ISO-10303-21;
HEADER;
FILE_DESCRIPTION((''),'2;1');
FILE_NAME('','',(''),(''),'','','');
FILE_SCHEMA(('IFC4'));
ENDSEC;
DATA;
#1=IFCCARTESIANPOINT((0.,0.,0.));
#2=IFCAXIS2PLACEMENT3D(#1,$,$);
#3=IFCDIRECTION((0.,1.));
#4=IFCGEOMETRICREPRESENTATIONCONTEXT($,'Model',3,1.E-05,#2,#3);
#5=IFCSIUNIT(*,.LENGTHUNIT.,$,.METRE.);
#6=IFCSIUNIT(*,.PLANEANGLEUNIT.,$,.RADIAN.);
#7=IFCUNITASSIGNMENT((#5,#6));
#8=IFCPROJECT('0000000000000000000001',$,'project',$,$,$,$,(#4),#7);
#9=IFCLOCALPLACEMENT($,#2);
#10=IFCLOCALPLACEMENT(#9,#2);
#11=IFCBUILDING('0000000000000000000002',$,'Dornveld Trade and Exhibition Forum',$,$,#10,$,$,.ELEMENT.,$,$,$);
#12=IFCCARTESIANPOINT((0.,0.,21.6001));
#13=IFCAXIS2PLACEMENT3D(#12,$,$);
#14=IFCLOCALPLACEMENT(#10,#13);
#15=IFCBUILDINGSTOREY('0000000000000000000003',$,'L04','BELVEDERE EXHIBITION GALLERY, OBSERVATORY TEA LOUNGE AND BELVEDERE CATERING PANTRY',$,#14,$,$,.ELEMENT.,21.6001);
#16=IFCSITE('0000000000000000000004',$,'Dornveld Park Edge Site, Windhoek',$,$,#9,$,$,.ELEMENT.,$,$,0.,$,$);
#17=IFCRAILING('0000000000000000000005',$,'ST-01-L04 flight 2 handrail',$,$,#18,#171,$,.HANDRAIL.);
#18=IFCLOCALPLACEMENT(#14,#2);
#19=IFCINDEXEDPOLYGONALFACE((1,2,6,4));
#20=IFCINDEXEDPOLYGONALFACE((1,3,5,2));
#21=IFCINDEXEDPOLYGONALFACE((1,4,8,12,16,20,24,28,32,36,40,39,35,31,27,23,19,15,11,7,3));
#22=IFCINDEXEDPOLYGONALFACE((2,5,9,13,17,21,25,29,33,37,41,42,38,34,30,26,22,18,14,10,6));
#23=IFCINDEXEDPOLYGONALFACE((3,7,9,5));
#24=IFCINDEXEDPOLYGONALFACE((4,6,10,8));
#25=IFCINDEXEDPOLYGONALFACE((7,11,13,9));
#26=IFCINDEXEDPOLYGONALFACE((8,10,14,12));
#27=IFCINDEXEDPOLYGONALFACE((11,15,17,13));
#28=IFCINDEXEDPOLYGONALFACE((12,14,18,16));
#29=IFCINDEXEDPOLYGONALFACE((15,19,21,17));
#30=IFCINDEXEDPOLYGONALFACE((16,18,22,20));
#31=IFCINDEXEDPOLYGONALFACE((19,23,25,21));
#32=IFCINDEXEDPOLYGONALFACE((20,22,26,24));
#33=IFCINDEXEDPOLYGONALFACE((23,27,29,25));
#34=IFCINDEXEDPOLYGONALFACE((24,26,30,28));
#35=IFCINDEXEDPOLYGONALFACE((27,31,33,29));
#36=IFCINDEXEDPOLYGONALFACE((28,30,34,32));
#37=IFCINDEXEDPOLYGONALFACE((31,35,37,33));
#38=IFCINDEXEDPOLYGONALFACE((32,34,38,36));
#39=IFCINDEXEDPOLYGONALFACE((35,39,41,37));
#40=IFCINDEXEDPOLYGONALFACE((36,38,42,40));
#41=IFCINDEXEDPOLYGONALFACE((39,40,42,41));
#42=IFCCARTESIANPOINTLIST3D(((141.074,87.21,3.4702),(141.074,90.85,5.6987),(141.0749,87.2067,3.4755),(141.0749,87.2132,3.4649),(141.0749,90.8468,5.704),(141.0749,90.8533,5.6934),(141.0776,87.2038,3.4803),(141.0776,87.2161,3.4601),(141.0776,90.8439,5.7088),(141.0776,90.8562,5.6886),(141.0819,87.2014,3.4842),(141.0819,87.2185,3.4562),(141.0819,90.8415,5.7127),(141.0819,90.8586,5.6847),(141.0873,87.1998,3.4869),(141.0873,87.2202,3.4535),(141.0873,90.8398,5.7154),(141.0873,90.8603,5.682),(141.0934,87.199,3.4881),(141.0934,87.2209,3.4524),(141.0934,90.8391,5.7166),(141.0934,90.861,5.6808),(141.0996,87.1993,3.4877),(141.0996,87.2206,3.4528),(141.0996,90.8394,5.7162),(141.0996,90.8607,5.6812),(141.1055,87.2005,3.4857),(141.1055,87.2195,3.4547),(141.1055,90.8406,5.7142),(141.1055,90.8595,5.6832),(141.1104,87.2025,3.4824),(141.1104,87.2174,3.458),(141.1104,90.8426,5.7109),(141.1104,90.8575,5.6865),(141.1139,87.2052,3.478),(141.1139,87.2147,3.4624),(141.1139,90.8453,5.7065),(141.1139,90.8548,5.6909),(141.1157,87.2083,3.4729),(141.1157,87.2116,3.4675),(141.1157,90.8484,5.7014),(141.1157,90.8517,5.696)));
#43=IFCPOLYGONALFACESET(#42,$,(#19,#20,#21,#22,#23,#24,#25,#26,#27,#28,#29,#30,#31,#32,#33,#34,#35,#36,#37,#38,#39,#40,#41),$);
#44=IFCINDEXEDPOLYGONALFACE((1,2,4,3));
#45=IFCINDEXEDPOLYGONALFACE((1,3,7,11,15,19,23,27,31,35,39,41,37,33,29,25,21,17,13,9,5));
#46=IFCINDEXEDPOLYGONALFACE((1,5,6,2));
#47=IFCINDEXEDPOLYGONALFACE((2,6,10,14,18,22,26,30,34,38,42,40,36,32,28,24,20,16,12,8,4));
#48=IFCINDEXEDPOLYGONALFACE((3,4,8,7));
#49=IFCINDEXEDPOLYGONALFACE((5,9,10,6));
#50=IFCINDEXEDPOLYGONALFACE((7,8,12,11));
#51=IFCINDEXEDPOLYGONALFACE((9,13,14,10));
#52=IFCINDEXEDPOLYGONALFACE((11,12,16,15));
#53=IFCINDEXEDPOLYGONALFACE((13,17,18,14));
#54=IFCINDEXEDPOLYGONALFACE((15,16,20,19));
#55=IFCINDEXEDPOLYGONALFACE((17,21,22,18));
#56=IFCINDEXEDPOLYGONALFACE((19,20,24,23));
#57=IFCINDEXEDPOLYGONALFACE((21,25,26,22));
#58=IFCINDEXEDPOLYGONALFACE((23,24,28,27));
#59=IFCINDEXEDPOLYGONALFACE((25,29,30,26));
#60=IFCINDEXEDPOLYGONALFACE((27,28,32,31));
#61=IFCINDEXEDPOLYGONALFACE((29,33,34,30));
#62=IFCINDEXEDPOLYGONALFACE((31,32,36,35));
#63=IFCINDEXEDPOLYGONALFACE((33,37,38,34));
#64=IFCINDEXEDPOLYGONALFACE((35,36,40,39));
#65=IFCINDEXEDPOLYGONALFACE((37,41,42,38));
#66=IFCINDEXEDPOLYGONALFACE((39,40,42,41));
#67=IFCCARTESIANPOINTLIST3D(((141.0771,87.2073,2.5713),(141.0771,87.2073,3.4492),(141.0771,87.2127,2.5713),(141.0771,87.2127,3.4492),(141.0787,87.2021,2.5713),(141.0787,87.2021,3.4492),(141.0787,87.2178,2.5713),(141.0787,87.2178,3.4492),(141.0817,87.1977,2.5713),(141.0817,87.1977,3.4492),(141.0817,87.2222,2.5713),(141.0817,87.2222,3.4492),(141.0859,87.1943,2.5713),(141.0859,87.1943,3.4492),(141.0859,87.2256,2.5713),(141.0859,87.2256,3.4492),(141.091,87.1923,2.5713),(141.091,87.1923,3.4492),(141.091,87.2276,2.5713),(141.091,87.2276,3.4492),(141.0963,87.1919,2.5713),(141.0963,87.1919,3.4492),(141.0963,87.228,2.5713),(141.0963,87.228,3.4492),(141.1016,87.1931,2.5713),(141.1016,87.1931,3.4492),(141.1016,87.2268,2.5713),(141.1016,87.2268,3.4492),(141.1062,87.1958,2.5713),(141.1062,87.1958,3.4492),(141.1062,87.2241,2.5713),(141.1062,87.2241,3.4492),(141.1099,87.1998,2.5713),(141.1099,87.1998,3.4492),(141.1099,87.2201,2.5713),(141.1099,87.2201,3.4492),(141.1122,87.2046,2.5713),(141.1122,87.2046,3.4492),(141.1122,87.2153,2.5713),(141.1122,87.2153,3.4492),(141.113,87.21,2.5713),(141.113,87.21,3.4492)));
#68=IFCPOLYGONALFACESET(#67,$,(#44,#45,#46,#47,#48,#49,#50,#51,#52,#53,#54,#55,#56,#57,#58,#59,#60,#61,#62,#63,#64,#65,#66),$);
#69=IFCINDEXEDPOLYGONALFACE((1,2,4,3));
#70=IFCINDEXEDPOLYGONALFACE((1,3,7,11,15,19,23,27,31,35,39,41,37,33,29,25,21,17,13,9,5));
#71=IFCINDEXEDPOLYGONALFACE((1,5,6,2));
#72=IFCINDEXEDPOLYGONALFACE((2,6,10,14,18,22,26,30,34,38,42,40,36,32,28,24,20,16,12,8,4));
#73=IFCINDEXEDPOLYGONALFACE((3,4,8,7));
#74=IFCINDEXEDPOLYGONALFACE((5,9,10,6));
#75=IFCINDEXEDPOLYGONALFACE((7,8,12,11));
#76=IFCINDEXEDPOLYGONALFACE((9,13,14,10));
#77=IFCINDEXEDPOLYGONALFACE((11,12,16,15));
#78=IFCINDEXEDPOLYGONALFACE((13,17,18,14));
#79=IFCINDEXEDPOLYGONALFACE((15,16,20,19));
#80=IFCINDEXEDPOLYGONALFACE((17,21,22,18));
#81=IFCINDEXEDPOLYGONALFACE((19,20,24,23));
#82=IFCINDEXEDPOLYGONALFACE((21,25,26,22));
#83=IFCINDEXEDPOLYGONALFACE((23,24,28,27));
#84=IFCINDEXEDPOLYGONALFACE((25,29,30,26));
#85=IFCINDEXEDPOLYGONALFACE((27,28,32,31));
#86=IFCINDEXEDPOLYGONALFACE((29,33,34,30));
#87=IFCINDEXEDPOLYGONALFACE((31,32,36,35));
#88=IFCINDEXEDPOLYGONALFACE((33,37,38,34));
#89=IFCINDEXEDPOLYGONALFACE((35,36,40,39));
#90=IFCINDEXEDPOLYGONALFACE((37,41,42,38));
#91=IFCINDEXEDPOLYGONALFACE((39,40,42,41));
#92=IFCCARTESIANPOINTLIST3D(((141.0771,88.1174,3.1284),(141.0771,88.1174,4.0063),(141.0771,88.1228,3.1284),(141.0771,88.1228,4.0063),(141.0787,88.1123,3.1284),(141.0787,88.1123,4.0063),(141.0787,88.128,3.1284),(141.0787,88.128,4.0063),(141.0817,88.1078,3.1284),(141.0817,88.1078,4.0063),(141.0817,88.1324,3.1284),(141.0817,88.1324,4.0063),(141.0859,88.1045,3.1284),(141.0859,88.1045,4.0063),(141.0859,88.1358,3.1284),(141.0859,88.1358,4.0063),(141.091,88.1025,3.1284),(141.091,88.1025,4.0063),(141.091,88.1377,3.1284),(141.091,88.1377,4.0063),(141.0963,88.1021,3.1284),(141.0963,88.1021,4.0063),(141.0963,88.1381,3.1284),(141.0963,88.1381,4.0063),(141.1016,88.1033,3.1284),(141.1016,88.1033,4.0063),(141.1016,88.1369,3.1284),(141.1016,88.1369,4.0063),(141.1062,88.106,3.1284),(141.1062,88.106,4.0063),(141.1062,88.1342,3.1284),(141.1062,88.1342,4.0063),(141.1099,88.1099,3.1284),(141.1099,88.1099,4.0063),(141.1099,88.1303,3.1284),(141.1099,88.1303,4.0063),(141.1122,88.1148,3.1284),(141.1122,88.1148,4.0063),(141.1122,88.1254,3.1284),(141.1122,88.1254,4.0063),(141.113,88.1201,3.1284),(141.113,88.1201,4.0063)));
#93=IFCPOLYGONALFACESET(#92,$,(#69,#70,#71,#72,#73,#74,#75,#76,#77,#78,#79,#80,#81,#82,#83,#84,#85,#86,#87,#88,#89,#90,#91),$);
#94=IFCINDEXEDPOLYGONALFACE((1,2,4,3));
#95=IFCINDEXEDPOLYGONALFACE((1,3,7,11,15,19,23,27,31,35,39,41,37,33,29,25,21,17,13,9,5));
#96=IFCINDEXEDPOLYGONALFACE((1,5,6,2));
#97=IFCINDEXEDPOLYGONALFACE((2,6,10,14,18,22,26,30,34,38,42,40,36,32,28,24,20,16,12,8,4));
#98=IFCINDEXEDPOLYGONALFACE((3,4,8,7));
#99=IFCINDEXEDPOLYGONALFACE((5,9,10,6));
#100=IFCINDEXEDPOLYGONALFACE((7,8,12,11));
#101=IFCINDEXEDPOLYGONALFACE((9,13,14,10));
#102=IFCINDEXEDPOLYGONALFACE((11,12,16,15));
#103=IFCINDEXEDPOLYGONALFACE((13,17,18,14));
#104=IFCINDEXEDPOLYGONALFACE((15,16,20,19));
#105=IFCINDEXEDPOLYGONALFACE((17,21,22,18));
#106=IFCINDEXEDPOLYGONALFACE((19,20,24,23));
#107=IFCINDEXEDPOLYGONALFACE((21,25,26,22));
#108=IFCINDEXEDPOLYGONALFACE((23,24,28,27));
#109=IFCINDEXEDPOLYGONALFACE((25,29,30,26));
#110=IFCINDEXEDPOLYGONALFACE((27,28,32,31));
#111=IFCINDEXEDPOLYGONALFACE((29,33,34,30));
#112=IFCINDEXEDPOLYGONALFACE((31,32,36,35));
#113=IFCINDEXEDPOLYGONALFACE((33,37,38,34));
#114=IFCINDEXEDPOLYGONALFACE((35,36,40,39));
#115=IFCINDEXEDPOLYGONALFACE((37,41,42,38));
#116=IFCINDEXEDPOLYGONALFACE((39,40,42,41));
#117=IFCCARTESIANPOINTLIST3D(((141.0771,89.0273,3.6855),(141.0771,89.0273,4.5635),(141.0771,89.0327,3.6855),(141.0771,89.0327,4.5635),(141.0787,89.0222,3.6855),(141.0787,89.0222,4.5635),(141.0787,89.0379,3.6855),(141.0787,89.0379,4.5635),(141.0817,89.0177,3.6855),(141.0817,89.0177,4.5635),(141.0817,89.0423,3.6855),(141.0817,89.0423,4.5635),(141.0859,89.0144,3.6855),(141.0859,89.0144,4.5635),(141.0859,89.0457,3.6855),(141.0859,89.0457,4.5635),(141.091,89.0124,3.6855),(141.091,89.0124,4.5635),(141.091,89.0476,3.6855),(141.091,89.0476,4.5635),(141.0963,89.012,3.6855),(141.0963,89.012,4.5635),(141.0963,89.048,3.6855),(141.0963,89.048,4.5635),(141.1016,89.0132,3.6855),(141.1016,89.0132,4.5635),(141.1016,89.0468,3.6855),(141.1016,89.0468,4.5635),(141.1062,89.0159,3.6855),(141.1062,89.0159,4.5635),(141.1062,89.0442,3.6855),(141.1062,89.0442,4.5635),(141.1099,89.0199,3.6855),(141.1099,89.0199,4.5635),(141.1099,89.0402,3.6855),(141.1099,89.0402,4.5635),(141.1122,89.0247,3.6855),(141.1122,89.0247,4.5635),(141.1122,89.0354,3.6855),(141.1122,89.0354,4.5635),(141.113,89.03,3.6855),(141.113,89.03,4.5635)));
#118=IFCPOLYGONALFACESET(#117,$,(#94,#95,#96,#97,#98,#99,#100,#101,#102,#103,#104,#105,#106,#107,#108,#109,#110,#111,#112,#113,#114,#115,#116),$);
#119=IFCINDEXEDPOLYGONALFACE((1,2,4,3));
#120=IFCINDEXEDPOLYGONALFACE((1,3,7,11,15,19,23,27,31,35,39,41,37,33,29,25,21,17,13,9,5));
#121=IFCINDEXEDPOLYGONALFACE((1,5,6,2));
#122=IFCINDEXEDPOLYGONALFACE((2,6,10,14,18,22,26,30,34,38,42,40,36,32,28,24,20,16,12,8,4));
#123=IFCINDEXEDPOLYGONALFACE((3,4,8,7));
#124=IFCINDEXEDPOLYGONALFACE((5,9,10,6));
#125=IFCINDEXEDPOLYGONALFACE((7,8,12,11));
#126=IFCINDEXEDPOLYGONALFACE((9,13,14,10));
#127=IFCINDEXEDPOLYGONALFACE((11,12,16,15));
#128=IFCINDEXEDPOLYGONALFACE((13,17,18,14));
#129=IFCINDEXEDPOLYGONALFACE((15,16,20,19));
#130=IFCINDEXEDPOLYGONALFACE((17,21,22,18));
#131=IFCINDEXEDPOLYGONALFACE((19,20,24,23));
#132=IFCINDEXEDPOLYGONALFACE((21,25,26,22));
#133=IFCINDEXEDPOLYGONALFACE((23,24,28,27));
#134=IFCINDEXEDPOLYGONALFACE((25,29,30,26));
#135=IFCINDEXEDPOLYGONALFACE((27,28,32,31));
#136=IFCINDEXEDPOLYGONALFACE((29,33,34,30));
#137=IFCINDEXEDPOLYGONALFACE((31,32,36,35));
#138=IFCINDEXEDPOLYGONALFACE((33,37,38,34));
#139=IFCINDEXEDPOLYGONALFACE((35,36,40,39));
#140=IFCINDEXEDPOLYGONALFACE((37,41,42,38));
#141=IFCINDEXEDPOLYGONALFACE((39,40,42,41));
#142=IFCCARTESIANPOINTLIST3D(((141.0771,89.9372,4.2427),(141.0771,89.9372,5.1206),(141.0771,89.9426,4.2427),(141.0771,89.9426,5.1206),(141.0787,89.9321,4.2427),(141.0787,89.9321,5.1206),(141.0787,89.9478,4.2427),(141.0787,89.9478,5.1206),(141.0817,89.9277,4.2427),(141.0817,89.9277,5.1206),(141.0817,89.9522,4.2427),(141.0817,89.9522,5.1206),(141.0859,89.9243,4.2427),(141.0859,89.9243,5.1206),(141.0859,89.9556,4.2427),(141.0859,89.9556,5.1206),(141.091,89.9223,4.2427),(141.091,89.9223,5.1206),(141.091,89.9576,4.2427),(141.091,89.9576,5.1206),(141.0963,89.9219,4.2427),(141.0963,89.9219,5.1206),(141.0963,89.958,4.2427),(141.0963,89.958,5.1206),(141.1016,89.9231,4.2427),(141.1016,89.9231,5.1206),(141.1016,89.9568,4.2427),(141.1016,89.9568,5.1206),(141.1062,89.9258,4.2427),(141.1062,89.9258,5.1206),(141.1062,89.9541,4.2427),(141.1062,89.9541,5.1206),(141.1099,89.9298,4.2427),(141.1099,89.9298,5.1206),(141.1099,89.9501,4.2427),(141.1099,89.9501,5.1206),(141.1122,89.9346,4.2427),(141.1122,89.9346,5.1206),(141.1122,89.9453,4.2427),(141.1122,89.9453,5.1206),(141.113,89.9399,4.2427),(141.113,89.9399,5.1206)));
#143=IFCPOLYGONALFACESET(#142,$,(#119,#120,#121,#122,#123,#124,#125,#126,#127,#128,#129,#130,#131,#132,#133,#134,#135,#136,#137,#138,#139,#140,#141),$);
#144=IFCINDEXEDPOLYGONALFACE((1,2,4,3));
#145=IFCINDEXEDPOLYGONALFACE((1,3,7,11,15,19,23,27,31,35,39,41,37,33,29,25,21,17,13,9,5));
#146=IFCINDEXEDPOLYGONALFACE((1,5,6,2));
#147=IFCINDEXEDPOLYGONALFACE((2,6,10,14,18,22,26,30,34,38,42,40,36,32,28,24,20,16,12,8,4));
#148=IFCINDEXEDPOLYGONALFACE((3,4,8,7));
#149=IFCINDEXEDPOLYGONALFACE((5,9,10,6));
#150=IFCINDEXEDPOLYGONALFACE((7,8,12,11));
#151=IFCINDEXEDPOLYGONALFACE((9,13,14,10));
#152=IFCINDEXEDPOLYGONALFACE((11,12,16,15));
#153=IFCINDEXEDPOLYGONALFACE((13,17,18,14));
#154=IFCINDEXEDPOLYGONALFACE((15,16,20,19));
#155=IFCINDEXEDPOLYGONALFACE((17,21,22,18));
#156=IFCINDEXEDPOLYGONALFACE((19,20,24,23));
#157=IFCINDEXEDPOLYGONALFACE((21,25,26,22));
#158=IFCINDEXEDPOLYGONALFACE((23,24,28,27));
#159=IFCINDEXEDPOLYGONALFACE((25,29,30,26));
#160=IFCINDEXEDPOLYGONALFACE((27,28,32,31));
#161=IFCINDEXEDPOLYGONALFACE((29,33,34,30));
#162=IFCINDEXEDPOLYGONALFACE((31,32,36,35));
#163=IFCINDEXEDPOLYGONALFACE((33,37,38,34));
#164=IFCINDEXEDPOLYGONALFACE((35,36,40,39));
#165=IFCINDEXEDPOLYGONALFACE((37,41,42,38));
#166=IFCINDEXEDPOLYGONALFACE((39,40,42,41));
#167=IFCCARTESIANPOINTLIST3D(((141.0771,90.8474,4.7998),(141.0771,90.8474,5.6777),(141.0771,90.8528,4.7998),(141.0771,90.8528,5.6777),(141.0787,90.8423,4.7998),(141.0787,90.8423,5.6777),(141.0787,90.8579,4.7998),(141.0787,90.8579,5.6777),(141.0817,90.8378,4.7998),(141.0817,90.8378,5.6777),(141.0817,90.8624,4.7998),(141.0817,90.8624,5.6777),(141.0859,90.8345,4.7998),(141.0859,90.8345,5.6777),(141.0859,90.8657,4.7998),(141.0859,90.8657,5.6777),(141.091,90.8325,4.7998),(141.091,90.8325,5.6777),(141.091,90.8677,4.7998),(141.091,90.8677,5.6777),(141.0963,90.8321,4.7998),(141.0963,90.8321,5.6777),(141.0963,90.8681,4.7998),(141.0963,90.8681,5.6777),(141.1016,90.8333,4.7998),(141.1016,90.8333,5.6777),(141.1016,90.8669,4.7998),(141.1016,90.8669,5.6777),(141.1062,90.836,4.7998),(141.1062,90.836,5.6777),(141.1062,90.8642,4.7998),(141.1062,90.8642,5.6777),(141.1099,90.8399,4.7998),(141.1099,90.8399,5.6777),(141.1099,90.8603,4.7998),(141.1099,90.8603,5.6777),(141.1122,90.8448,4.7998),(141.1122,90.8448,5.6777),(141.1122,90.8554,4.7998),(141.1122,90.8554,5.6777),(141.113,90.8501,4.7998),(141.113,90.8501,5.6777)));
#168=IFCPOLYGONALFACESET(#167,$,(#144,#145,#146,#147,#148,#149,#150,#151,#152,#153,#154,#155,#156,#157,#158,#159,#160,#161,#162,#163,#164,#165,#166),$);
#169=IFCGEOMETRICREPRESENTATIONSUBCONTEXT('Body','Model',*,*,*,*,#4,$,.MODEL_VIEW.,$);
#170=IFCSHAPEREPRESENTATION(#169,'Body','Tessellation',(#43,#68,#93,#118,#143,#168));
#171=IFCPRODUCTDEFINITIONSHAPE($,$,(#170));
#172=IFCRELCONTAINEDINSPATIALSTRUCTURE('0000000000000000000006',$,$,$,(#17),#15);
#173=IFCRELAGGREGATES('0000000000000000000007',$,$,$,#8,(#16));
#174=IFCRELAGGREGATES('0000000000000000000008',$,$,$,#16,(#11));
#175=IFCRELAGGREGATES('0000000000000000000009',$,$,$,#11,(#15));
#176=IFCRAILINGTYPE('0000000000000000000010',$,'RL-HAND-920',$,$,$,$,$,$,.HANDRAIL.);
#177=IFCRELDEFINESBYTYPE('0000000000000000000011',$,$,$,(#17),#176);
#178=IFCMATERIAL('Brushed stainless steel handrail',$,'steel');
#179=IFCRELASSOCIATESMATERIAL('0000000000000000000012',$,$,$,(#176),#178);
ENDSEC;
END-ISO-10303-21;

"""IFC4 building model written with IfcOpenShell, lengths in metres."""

from ifc_helpers import new_model, si_unit, direction, frame, origin, origin_2d, place, context, subcontext, project, spatial, circle, extrude, material, type_object, element, save


model = new_model("IFC4")

# Units and contexts
model_context = context("Model", 3, precision=1e-05, world=origin(), true_north=direction((0.0, 1.0)))
body_context = subcontext(model_context, "Body", "Model", "MODEL_VIEW")
ifc_project = project(units=[si_unit("LENGTHUNIT", "METRE"), si_unit("PLANEANGLEUNIT", "RADIAN")], contexts=[model_context])

# Site, building, storey
site_placement = place(None, origin())
site = spatial("IfcSite", under=ifc_project, at=site_placement, Name="Dornveld Park Edge Site, Windhoek", CompositionType="ELEMENT", RefElevation=0.0)
building_placement = place(site_placement, origin())
building = spatial("IfcBuilding", under=site, at=building_placement, Name="Dornveld Trade and Exhibition Forum", CompositionType="ELEMENT")
storey_placement = place(building_placement, frame((0.0, 0.0, 21.6001)))
storey = spatial("IfcBuildingStorey", under=building, at=storey_placement, Name="L04", Description="BELVEDERE EXHIBITION GALLERY, OBSERVATORY TEA LOUNGE AND BELVEDERE CATERING PANTRY", CompositionType="ELEMENT", Elevation=21.6001)

# Railing
ifc_material_1 = material(Name="Brushed stainless steel handrail", Category="steel")
railing_type_1 = type_object("IfcRailingType", Name="RL-HAND-920", PredefinedType="HANDRAIL", material=ifc_material_1)
railing_1_placement = place(storey_placement, frame((141.095, 87.21, 2.5713)))
element("IfcRailing", 1, at=railing_1_placement, inside=storey, type_object=railing_type_1, Name="ST-01-L04 flight 2 handrail", PredefinedType="HANDRAIL", context=body_context, shape_type="SweptSolid", body=[
    extrude(circle(Radius=0.021, at=origin_2d()), frame((0.0, 0.0, 0.8989), z_axis=(0.0, 0.852866, 0.52213), x_axis=(-1.0, 0.0, 0.0)), (0.0, 0.0, 1.0), 4.2681),
    extrude(circle(Radius=0.0181, at=origin_2d()), origin(), (0.0, 0.0, 1.0), 0.8779),
    extrude(circle(Radius=0.0181, at=origin_2d()), frame((0.0, 0.9102, 0.5571)), (0.0, 0.0, 1.0), 0.8779),
    extrude(circle(Radius=0.0181, at=origin_2d()), frame((0.0, 1.8201, 1.1143)), (0.0, 0.0, 1.0), 0.8779),
    extrude(circle(Radius=0.0181, at=origin_2d()), frame((0.0, 2.73, 1.6714)), (0.0, 0.0, 1.0), 0.8779),
    extrude(circle(Radius=0.0181, at=origin_2d()), frame((0.0, 3.6401, 2.2285)), (0.0, 0.0, 1.0), 0.8779),
])

save(model, "model.ifc")
